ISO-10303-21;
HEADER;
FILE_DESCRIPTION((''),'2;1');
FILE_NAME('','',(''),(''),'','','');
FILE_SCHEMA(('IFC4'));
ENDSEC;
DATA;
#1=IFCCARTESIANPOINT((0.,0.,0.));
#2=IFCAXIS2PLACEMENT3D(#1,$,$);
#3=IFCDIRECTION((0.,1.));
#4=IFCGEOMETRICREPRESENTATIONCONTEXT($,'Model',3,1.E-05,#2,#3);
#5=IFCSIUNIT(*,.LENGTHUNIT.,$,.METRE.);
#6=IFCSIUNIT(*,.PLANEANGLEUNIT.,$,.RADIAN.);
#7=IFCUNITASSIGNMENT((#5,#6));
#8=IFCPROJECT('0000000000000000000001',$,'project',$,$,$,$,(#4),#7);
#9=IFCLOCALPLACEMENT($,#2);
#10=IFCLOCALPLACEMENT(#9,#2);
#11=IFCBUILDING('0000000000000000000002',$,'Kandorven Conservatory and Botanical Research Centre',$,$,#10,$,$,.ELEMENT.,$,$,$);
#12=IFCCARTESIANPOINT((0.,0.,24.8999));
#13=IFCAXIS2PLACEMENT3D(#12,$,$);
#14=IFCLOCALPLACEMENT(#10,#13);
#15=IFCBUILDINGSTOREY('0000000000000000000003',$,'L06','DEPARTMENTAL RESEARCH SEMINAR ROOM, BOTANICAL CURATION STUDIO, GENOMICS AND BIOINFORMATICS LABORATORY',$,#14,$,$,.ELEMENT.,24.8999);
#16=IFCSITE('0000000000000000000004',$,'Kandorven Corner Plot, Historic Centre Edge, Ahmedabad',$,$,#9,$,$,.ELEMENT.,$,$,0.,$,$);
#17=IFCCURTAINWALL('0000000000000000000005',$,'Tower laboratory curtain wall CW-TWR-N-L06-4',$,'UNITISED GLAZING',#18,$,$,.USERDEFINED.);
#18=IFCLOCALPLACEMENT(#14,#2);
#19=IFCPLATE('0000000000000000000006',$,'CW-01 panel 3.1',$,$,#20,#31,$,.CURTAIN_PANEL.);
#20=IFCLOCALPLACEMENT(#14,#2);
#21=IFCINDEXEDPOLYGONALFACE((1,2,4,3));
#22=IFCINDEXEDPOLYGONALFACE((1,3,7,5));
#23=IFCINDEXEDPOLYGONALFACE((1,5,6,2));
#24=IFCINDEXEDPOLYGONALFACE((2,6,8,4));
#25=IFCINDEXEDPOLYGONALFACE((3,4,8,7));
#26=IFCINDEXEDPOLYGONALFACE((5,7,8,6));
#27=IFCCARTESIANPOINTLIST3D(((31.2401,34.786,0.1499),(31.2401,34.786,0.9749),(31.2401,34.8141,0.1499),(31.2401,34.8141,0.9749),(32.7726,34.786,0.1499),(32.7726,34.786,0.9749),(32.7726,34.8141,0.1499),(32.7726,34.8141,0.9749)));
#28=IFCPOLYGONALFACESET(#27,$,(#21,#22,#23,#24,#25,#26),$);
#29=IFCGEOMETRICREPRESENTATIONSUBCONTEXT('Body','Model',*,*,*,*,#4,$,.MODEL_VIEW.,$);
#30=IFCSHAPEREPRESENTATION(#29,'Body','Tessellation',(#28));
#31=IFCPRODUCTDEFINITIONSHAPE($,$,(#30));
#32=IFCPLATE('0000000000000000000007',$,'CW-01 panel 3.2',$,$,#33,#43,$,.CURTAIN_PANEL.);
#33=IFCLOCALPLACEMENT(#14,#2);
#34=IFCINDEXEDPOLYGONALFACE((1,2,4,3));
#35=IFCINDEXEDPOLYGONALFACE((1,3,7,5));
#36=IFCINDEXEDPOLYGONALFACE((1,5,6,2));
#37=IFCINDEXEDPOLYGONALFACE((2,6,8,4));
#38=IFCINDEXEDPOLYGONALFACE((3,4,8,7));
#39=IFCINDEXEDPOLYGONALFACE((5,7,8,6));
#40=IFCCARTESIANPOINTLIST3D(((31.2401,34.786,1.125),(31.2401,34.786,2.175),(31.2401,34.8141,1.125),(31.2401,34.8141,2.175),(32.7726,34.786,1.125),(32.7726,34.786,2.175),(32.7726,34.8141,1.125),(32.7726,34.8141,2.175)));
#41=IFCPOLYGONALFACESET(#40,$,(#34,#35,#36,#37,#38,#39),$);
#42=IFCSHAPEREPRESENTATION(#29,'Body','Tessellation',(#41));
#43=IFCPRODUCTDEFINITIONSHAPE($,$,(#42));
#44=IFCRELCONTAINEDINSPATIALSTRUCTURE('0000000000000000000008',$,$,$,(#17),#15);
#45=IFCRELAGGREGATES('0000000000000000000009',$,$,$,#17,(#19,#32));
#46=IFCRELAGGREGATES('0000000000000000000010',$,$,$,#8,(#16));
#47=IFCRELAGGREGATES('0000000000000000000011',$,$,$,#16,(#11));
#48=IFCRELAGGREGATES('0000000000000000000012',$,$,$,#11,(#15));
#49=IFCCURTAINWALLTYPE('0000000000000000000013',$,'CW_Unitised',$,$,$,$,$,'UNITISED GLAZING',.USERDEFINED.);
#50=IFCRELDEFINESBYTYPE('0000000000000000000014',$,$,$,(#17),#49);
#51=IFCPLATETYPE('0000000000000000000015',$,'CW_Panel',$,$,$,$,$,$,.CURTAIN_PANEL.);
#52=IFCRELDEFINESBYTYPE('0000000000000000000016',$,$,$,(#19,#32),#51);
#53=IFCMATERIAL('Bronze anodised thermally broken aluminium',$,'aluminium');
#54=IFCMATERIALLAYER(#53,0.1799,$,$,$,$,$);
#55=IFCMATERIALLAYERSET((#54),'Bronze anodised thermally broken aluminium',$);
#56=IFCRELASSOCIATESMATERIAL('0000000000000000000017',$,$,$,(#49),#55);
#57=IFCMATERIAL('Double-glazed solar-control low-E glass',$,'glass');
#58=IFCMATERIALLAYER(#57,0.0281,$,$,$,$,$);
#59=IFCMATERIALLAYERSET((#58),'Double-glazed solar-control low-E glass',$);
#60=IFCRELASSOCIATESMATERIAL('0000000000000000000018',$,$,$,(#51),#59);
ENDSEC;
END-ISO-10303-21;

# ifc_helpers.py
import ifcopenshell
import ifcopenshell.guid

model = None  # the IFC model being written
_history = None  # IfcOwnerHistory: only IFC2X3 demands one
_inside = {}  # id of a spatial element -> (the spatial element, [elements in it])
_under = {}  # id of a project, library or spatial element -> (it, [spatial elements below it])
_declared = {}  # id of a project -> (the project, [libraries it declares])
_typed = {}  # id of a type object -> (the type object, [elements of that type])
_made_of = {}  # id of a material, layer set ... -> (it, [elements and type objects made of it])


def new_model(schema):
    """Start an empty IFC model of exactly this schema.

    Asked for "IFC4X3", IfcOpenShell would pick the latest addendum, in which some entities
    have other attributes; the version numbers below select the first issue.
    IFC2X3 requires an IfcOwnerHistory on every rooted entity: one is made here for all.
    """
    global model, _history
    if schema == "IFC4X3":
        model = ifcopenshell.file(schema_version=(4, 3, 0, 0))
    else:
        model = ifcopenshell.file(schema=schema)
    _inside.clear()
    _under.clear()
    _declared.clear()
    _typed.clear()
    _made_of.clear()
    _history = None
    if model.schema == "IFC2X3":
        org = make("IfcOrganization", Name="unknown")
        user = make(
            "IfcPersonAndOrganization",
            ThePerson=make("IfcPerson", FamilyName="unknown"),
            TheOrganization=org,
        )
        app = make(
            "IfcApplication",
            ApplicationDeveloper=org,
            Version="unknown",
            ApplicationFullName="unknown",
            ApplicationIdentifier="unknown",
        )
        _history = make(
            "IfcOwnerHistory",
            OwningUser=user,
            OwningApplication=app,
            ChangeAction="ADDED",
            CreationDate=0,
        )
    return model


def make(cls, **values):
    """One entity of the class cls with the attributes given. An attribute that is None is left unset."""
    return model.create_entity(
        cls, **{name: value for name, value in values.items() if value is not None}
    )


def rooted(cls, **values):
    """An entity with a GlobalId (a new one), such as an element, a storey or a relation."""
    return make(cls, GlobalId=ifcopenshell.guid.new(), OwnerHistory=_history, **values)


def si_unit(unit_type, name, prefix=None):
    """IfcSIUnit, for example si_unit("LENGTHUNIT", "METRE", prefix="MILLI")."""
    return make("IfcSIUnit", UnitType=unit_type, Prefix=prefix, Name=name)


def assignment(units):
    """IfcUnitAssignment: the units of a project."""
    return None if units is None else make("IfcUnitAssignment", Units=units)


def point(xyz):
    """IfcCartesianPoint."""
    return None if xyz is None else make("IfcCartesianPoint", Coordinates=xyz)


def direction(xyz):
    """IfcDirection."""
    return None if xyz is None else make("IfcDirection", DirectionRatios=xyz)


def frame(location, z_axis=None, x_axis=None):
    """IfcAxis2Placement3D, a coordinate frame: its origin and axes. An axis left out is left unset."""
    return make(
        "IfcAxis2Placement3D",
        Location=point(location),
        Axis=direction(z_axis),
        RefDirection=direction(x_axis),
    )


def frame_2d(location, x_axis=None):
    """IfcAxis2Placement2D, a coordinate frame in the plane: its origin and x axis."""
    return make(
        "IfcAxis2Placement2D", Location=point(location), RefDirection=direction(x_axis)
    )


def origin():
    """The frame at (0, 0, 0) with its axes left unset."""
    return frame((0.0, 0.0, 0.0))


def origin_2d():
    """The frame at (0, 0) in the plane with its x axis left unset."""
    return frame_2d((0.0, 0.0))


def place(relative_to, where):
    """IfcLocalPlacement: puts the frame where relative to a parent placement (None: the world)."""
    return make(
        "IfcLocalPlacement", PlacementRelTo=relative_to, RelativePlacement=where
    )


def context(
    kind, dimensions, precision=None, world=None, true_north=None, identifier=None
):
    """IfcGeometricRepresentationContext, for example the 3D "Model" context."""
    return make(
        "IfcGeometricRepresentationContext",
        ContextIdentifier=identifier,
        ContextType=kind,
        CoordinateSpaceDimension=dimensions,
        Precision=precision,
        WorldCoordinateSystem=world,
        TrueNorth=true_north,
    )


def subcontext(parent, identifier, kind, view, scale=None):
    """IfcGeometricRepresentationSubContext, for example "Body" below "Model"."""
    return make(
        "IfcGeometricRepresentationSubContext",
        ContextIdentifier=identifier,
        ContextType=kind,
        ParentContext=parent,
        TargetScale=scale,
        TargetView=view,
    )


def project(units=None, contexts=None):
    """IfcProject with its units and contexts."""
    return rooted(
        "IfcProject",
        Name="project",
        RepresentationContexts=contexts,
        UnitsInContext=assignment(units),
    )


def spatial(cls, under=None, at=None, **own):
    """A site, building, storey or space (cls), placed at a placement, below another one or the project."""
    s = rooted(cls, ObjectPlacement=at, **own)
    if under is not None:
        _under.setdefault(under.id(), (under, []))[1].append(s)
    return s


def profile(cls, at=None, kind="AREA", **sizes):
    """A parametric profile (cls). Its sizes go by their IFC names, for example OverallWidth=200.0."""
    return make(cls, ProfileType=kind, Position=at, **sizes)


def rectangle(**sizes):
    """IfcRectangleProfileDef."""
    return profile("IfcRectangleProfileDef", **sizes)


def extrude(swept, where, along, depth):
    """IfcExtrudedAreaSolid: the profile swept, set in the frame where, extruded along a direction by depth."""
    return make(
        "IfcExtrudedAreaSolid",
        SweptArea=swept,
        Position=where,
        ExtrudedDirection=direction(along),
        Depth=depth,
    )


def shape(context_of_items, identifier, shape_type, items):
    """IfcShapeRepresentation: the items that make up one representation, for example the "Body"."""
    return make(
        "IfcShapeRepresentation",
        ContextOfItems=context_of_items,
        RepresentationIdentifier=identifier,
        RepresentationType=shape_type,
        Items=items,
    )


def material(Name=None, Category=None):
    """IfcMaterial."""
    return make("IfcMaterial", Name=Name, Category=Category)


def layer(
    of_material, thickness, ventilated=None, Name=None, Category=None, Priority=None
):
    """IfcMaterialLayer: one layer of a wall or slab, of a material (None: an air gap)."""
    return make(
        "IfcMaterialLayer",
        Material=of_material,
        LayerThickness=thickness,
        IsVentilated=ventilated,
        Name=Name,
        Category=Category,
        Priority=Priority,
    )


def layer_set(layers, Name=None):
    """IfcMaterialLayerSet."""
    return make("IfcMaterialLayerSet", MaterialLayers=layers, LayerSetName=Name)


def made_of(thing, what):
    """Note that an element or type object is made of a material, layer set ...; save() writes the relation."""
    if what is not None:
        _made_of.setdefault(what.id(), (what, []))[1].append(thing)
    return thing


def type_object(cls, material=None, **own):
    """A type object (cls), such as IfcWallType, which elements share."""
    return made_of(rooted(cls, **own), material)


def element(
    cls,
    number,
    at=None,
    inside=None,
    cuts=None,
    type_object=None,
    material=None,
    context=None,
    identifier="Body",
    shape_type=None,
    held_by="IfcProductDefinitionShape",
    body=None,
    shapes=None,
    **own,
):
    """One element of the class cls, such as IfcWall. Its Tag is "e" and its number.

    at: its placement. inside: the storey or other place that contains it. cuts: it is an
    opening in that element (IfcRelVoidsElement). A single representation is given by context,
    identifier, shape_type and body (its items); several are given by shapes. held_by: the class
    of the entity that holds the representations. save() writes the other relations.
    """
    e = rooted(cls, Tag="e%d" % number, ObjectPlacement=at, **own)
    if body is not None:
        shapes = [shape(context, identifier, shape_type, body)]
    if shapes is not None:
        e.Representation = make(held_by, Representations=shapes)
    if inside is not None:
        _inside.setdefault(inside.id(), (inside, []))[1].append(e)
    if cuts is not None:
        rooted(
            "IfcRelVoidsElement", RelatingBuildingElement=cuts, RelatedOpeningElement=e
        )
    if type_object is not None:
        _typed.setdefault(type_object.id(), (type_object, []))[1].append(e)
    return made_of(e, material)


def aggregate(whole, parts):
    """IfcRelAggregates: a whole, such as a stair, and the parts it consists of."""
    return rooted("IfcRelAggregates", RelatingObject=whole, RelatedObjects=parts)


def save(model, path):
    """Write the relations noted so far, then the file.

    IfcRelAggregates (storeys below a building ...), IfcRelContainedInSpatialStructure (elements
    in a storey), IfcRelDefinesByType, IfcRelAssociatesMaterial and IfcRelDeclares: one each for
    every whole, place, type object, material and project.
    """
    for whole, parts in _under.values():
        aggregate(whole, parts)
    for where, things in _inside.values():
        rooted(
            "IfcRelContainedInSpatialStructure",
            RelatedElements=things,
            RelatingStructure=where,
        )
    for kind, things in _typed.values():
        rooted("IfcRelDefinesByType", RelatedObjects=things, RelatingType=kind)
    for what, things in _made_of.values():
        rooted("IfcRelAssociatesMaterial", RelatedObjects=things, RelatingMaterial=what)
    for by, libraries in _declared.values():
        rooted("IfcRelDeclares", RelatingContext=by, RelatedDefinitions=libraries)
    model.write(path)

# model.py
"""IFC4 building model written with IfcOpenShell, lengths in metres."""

from ifc_helpers import new_model, si_unit, direction, frame, origin, origin_2d, place, context, subcontext, project, spatial, rectangle, extrude, material, layer, layer_set, type_object, element, aggregate, save


model = new_model("IFC4")

# Units and contexts
model_context = context("Model", 3, precision=1e-05, world=origin(), true_north=direction((0.0, 1.0)))
body_context = subcontext(model_context, "Body", "Model", "MODEL_VIEW")
ifc_project = project(units=[si_unit("LENGTHUNIT", "METRE"), si_unit("PLANEANGLEUNIT", "RADIAN")], contexts=[model_context])

# Site, building, storey
site_placement = place(None, origin())
site = spatial("IfcSite", under=ifc_project, at=site_placement, Name="Kandorven Corner Plot, Historic Centre Edge, Ahmedabad", CompositionType="ELEMENT", RefElevation=0.0)
building_placement = place(site_placement, origin())
building = spatial("IfcBuilding", under=site, at=building_placement, Name="Kandorven Conservatory and Botanical Research Centre", CompositionType="ELEMENT")
storey_placement = place(building_placement, frame((0.0, 0.0, 24.8999)))
storey = spatial("IfcBuildingStorey", under=building, at=storey_placement, Name="L06", Description="DEPARTMENTAL RESEARCH SEMINAR ROOM, BOTANICAL CURATION STUDIO, GENOMICS AND BIOINFORMATICS LABORATORY", CompositionType="ELEMENT", Elevation=24.8999)

# Curtain wall
ifc_material_1 = material(Name="Bronze anodised thermally broken aluminium", Category="aluminium")
ifc_layer_1 = layer(ifc_material_1, 0.1799)
ifc_layer_set_1 = layer_set([ifc_layer_1], Name="Bronze anodised thermally broken aluminium")
curtain_wall_type = type_object("IfcCurtainWallType", Name="CW_Unitised", ElementType="UNITISED GLAZING", PredefinedType="USERDEFINED", material=ifc_layer_set_1)
curtain_wall_1_placement = place(storey_placement, origin())
curtain_wall_1 = element("IfcCurtainWall", 1, at=curtain_wall_1_placement, inside=storey, type_object=curtain_wall_type, Name="Tower laboratory curtain wall CW-TWR-N-L06-4", ObjectType="UNITISED GLAZING", PredefinedType="USERDEFINED")

# Plates
ifc_material_2 = material(Name="Double-glazed solar-control low-E glass", Category="glass")
ifc_layer_2 = layer(ifc_material_2, 0.0281)
ifc_layer_set_2 = layer_set([ifc_layer_2], Name="Double-glazed solar-control low-E glass")
plate_type = type_object("IfcPlateType", Name="CW_Panel", PredefinedType="CURTAIN_PANEL", material=ifc_layer_set_2)
plate_1_placement = place(storey_placement, frame((32.0063, 34.8, 0.1499), z_axis=(0.0, 0.0, 1.0), x_axis=(1.0, 0.0, 0.0)))
plate_1 = element("IfcPlate", 2, at=plate_1_placement, type_object=plate_type, Name="CW-01 panel 3.1", PredefinedType="CURTAIN_PANEL", context=body_context, shape_type="SweptSolid", body=[
    extrude(rectangle(XDim=1.5325, YDim=0.0281, at=origin_2d()), origin(), (0.0, 0.0, 1.0), 0.825),
])
plate_2_placement = place(storey_placement, frame((32.0063, 34.8, 1.125), z_axis=(0.0, 0.0, 1.0), x_axis=(1.0, 0.0, 0.0)))
plate_2 = element("IfcPlate", 3, at=plate_2_placement, type_object=plate_type, Name="CW-01 panel 3.2", PredefinedType="CURTAIN_PANEL", context=body_context, shape_type="SweptSolid", body=[
    extrude(rectangle(XDim=1.5325, YDim=0.0281, at=origin_2d()), origin(), (0.0, 0.0, 1.0), 1.05),
])
aggregate(curtain_wall_1, [plate_1, plate_2])

save(model, "model.ifc")
